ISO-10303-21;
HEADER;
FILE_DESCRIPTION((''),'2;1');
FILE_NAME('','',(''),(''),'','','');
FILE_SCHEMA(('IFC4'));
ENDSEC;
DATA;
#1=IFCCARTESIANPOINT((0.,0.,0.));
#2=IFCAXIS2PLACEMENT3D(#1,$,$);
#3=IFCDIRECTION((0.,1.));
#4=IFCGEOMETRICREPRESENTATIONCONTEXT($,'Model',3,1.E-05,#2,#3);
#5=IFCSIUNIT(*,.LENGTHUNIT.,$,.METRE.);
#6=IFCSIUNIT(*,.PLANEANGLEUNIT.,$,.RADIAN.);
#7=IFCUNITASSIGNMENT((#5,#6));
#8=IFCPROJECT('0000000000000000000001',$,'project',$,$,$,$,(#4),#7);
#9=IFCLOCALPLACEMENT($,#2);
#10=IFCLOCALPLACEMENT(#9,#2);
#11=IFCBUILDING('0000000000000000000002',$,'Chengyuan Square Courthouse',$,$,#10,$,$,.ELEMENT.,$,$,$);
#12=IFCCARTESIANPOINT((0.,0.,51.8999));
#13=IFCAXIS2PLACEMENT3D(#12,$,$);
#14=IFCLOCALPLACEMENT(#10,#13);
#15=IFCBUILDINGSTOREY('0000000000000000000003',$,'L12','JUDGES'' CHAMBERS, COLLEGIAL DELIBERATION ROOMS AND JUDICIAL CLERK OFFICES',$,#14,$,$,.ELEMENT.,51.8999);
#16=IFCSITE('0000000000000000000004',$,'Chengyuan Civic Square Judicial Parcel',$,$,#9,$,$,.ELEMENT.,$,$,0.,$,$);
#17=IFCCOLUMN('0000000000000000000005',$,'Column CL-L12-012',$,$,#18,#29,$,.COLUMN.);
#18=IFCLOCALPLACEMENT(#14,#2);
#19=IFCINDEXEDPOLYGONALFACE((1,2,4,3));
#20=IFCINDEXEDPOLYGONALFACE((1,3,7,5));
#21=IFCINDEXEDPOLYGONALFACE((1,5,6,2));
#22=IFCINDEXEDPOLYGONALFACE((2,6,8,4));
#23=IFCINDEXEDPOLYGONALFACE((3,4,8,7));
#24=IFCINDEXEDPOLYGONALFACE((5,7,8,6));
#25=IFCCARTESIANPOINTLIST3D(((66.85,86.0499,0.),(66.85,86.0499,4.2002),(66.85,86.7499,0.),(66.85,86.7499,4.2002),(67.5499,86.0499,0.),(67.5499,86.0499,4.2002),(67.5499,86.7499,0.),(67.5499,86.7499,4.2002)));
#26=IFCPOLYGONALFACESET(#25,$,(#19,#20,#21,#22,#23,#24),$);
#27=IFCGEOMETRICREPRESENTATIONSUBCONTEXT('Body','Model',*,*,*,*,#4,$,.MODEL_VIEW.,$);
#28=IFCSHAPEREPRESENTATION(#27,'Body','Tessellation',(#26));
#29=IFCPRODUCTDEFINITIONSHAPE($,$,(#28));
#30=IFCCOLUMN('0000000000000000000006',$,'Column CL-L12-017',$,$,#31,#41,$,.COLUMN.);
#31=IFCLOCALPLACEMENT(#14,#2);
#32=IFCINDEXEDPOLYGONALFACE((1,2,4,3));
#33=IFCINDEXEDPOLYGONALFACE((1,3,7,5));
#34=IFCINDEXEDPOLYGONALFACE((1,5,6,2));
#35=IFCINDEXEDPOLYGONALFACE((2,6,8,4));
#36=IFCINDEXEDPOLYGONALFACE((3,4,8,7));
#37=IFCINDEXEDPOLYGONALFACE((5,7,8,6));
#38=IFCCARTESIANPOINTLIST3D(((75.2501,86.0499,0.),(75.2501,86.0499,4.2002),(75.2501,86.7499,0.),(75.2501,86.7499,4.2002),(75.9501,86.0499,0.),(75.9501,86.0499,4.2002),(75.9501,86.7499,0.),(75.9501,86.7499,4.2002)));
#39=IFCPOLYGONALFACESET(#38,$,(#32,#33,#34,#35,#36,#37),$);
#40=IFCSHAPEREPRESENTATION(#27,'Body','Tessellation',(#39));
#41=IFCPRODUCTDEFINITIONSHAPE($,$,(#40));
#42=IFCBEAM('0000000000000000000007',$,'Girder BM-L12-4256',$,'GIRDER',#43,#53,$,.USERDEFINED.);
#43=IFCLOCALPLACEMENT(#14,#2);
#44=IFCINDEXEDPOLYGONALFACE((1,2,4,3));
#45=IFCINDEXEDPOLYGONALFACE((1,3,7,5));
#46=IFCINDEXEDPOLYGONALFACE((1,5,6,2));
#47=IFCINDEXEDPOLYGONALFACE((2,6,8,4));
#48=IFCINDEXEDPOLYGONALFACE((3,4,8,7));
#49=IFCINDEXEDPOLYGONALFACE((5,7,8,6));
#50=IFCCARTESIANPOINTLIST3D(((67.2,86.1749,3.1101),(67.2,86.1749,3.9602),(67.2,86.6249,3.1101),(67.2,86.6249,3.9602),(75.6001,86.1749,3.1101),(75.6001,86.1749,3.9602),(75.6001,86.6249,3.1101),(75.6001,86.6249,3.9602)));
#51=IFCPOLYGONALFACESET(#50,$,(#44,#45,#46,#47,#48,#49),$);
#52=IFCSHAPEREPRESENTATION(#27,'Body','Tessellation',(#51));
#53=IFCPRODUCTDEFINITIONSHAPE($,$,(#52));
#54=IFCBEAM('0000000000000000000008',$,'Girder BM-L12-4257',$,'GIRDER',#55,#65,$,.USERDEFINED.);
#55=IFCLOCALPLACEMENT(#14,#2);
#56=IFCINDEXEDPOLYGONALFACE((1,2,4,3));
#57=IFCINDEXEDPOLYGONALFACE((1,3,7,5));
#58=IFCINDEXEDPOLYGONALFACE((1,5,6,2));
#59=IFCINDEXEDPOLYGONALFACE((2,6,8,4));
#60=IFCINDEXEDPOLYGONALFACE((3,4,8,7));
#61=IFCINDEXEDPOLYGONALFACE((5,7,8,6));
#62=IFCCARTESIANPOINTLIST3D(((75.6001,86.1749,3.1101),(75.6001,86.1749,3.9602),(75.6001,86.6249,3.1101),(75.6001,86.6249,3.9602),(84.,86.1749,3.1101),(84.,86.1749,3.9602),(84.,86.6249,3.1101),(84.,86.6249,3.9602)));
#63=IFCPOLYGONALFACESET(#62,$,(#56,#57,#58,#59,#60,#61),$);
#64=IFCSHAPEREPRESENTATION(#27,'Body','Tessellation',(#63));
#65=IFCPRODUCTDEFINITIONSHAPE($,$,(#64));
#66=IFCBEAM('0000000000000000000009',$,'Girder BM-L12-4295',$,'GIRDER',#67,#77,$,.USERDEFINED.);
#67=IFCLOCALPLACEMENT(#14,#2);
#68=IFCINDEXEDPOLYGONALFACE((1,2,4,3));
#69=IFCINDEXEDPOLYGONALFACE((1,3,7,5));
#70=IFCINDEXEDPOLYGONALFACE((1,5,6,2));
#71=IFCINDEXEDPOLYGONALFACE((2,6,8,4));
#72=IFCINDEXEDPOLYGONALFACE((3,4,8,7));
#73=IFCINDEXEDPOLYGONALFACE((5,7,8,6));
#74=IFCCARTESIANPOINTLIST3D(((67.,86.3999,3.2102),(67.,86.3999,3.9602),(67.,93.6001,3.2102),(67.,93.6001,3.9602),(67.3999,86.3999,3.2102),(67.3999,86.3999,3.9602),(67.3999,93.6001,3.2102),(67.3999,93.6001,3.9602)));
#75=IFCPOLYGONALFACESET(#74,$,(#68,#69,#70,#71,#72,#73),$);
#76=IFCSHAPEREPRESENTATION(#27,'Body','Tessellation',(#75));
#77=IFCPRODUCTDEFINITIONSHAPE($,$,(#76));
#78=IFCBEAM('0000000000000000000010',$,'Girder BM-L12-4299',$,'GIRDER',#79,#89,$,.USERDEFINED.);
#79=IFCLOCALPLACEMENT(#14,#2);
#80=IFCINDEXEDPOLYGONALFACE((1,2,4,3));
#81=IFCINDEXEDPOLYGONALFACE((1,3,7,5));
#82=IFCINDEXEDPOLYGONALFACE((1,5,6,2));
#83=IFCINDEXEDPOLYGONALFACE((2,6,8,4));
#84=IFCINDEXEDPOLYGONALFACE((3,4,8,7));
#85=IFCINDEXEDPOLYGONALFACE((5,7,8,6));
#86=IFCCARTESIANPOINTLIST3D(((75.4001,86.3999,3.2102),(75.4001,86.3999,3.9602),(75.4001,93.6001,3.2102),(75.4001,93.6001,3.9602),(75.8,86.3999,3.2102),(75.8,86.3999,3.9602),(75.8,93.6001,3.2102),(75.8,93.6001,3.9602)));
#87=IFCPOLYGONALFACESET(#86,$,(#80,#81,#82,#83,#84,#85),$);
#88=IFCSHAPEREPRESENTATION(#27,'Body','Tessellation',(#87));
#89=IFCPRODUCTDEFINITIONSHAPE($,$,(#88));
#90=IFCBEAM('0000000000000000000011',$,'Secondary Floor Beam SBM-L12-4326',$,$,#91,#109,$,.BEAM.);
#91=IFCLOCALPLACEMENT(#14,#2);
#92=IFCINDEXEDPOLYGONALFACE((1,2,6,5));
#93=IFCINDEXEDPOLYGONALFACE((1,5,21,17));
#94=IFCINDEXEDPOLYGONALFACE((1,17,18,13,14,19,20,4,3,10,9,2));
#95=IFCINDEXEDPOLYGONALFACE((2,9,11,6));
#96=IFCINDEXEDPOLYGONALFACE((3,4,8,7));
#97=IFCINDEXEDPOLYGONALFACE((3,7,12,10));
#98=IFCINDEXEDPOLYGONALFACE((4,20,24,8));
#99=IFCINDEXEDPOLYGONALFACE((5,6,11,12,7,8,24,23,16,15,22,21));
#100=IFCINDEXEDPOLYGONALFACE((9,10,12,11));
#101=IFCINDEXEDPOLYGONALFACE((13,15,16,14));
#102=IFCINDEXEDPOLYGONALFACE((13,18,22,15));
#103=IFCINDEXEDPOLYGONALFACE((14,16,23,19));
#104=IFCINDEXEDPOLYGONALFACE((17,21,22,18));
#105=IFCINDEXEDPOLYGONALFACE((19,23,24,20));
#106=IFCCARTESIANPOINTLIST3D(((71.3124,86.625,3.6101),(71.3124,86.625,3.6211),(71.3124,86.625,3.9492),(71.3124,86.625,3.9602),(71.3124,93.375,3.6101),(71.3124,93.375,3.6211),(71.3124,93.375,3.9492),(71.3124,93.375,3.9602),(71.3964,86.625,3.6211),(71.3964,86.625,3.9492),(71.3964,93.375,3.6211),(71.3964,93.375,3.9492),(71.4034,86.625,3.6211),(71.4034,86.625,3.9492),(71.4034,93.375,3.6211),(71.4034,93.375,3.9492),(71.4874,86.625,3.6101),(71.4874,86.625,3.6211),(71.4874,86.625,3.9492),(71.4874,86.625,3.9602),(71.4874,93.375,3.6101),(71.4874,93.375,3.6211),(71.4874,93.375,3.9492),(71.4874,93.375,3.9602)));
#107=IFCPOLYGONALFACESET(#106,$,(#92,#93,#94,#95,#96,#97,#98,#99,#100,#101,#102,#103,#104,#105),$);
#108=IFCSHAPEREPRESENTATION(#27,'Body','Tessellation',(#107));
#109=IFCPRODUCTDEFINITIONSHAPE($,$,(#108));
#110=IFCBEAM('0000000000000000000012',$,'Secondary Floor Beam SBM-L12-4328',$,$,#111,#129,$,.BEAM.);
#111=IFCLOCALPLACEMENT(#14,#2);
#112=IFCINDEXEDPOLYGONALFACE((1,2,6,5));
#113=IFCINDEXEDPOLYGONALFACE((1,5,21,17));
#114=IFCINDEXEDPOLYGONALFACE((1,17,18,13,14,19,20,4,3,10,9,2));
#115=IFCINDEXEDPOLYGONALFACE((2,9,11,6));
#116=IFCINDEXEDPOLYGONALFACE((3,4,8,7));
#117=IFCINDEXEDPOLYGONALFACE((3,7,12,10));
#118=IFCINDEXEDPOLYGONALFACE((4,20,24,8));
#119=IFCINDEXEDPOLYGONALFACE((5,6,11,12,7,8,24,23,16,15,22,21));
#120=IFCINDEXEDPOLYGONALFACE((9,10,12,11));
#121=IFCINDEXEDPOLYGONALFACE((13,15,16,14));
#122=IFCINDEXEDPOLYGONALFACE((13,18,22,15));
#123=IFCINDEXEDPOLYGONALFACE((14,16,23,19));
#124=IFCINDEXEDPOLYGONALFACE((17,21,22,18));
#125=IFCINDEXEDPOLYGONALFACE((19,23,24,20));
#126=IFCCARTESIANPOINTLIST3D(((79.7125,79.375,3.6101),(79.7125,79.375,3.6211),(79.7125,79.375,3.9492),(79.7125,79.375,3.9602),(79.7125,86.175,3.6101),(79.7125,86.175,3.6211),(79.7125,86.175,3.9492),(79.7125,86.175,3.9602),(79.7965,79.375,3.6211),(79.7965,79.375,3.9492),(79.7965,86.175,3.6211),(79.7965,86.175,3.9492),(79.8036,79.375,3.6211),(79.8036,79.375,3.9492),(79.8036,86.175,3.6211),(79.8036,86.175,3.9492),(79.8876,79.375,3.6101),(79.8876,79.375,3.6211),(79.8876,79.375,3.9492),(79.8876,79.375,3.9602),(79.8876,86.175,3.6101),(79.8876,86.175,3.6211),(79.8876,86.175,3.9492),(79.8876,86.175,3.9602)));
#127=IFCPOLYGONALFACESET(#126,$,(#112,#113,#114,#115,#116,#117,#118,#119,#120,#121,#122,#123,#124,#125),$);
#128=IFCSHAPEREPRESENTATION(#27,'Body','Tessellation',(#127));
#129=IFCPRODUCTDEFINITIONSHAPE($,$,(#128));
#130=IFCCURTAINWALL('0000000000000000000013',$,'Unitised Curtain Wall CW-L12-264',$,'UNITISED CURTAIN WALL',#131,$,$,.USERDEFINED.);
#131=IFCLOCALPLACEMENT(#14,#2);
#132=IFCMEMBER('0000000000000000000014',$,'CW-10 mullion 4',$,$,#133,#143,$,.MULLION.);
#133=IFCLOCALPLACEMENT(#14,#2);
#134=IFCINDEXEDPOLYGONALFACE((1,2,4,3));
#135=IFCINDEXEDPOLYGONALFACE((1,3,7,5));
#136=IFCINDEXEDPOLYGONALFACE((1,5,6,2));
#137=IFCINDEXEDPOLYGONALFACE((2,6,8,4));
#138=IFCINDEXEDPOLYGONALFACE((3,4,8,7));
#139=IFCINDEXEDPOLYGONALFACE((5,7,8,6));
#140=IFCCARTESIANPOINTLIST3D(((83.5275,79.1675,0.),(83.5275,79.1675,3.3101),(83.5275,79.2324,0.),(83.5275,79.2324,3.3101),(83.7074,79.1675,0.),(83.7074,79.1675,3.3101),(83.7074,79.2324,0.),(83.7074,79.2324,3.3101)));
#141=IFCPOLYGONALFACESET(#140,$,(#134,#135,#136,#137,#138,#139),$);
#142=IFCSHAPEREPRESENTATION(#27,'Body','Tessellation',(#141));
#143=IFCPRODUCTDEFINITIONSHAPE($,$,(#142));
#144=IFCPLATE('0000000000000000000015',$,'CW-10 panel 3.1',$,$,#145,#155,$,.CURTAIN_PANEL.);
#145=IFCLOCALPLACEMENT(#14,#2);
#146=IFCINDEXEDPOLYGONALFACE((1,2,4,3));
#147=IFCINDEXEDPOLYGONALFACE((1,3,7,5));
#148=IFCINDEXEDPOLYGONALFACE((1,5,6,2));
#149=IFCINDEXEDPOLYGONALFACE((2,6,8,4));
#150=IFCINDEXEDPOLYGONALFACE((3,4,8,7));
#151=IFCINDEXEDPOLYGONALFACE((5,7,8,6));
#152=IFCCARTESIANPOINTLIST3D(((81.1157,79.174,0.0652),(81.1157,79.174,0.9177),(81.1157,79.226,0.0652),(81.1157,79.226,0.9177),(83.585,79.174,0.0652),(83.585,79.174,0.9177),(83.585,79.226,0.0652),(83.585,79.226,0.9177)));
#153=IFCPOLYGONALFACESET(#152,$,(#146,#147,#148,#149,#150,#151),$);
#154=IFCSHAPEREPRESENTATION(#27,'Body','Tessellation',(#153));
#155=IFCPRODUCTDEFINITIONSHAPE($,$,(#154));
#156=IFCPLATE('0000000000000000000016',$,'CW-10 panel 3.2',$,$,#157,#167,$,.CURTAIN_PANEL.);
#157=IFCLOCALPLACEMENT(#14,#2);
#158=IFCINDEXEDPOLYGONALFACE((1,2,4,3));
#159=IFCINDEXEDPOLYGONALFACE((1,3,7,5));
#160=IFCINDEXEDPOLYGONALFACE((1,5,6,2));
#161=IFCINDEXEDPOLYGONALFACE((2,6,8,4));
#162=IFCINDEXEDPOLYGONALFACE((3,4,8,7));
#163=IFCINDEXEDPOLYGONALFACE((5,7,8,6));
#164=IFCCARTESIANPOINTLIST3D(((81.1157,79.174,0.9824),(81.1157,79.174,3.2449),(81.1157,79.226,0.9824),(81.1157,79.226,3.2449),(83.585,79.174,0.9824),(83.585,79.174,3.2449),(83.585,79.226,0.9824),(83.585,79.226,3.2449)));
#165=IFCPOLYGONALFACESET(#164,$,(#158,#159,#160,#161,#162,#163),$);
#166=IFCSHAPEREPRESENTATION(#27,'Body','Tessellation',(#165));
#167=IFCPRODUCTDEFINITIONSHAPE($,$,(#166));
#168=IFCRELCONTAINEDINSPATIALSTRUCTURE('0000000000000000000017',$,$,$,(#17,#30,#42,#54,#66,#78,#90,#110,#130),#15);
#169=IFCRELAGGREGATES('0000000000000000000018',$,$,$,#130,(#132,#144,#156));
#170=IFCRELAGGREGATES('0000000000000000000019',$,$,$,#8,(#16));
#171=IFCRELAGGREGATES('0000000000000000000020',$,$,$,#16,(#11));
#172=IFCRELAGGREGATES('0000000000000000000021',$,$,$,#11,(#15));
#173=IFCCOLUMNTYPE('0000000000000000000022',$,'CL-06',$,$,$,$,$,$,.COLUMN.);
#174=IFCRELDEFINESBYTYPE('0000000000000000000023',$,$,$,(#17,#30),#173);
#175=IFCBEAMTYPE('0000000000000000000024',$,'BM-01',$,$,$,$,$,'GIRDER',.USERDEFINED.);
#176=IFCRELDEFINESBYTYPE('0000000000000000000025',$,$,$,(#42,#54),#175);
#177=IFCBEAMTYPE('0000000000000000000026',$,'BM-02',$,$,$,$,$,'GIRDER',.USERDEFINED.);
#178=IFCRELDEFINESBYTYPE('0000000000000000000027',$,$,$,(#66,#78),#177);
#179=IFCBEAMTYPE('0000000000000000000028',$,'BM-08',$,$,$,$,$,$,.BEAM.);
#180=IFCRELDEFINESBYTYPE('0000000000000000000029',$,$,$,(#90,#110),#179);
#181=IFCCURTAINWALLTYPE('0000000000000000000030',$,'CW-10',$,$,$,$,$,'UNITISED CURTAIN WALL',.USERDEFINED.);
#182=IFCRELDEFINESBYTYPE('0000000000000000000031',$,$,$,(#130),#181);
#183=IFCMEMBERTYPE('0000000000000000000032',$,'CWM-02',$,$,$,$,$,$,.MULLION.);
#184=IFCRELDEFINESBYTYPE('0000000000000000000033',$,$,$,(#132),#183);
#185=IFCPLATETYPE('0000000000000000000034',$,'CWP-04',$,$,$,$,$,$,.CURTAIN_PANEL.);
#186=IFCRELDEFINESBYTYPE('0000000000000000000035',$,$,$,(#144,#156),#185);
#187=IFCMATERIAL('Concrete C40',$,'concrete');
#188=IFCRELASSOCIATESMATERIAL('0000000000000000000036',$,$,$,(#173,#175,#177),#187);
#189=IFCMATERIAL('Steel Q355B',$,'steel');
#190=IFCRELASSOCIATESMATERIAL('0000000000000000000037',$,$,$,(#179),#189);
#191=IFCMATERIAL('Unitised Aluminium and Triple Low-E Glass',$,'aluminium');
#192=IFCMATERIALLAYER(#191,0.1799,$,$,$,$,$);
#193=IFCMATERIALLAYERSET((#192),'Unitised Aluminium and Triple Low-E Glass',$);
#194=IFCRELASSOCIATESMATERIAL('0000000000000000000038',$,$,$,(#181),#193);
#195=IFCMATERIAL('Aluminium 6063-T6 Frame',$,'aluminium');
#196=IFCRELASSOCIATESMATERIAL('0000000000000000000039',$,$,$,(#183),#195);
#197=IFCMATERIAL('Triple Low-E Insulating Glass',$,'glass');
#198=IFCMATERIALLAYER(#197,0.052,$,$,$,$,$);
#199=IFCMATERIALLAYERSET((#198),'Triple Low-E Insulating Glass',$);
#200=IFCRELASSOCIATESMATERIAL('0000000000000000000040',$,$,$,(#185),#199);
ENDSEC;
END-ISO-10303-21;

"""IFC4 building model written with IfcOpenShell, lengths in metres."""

from ifc_helpers import new_model, si_unit, direction, frame, origin, origin_2d, place, context, subcontext, project, spatial, rectangle, i_section, extrude, material, layer, layer_set, material_profile, profile_set, type_object, element, aggregate, save


model = new_model("IFC4")

# Units and contexts
model_context = context("Model", 3, precision=1e-05, world=origin(), true_north=direction((0.0, 1.0)))
body_context = subcontext(model_context, "Body", "Model", "MODEL_VIEW")
ifc_project = project(units=[si_unit("LENGTHUNIT", "METRE"), si_unit("PLANEANGLEUNIT", "RADIAN")], contexts=[model_context])

# Site, building, storey
site_placement = place(None, origin())
site = spatial("IfcSite", under=ifc_project, at=site_placement, Name="Chengyuan Civic Square Judicial Parcel", CompositionType="ELEMENT", RefElevation=0.0)
building_placement = place(site_placement, origin())
building = spatial("IfcBuilding", under=site, at=building_placement, Name="Chengyuan Square Courthouse", CompositionType="ELEMENT")
storey_placement = place(building_placement, frame((0.0, 0.0, 51.8999)))
storey = spatial("IfcBuildingStorey", under=building, at=storey_placement, Name="L12", Description="JUDGES' CHAMBERS, COLLEGIAL DELIBERATION ROOMS AND JUDICIAL CLERK OFFICES", CompositionType="ELEMENT", Elevation=51.8999)

# Columns
ifc_material_1 = material(Name="Concrete C40", Category="concrete")
ifc_material_profile_1 = material_profile(ifc_material_1, rectangle(XDim=0.7, YDim=0.7, at=origin_2d()), Name="RC-COL-700x700")
ifc_profile_set_1 = profile_set([ifc_material_profile_1], Name="Concrete C40")
column_type = type_object("IfcColumnType", Name="CL-06", PredefinedType="COLUMN", material=ifc_profile_set_1)
for number, where, z_axis, x_axis, name in (
    (1, (67.2, 86.3999, 0.0), (0.0, 0.0, 1.0), (1.0, 0.0, 0.0), "Column CL-L12-012"),
    (2, (75.6001, 86.3999, 0.0), (0.0, 0.0, 1.0), (1.0, 0.0, 0.0), "Column CL-L12-017"),
):
    element("IfcColumn", number, at=place(storey_placement, frame(where, z_axis=z_axis, x_axis=x_axis)), inside=storey, type_object=column_type, Name=name, PredefinedType="COLUMN", context=body_context, shape_type="SweptSolid", body=[
        extrude(rectangle(XDim=0.7, YDim=0.7, at=origin_2d()), origin(), (0.0, 0.0, 1.0), 4.2002),
    ])

# Beams
ifc_material_profile_2 = material_profile(ifc_material_1, rectangle(XDim=0.45, YDim=0.8501, at=origin_2d()), Name="RC-BM-450x850")
ifc_profile_set_2 = profile_set([ifc_material_profile_2], Name="Concrete C40")
beam_type_1 = type_object("IfcBeamType", Name="BM-01", ElementType="GIRDER", PredefinedType="USERDEFINED", material=ifc_profile_set_2)
beam_1_placement = place(storey_placement, frame((67.2, 86.3999, 3.5352), z_axis=(1.0, 0.0, 0.0), x_axis=(0.0, 1.0, 0.0)))
element("IfcBeam", 3, at=beam_1_placement, inside=storey, type_object=beam_type_1, Name="Girder BM-L12-4256", ObjectType="GIRDER", PredefinedType="USERDEFINED", context=body_context, shape_type="SweptSolid", body=[
    extrude(rectangle(XDim=0.45, YDim=0.8501, at=origin_2d()), origin(), (0.0, 0.0, 1.0), 8.4001),
])
beam_2_placement = place(storey_placement, frame((75.6001, 86.3999, 3.5352), z_axis=(1.0, 0.0, 0.0), x_axis=(0.0, 1.0, 0.0)))
element("IfcBeam", 4, at=beam_2_placement, inside=storey, type_object=beam_type_1, Name="Girder BM-L12-4257", ObjectType="GIRDER", PredefinedType="USERDEFINED", context=body_context, shape_type="SweptSolid", body=[
    extrude(rectangle(XDim=0.45, YDim=0.8501, at=origin_2d()), origin(), (0.0, 0.0, 1.0), 8.3999),
])
ifc_material_profile_3 = material_profile(ifc_material_1, rectangle(XDim=0.3999, YDim=0.75, at=origin_2d()), Name="RC-BM-400x750")
ifc_profile_set_3 = profile_set([ifc_material_profile_3], Name="Concrete C40")
beam_type_2 = type_object("IfcBeamType", Name="BM-02", ElementType="GIRDER", PredefinedType="USERDEFINED", material=ifc_profile_set_3)
for number, where, z_axis, x_axis, name in (
    (5, (67.2, 86.3999, 3.5852), (0.0, 1.0, 0.0), (-1.0, 0.0, 0.0), "Girder BM-L12-4295"),
    (6, (75.6001, 86.3999, 3.5852), (0.0, 1.0, 0.0), (-1.0, 0.0, 0.0), "Girder BM-L12-4299"),
):
    element("IfcBeam", number, at=place(storey_placement, frame(where, z_axis=z_axis, x_axis=x_axis)), inside=storey, type_object=beam_type_2, Name=name, ObjectType="GIRDER", PredefinedType="USERDEFINED", context=body_context, shape_type="SweptSolid", body=[
        extrude(rectangle(XDim=0.3999, YDim=0.75, at=origin_2d()), origin(), (0.0, 0.0, 1.0), 7.2002),
    ])
ifc_material_2 = material(Name="Steel Q355B", Category="steel")
ifc_material_profile_4 = material_profile(ifc_material_2, i_section(OverallWidth=0.175, OverallDepth=0.3501, WebThickness=0.0071, FlangeThickness=0.011, at=origin_2d()), Name="HN 350x175x7x11")
ifc_profile_set_4 = profile_set([ifc_material_profile_4], Name="Steel Q355B")
beam_type_3 = type_object("IfcBeamType", Name="BM-08", PredefinedType="BEAM", material=ifc_profile_set_4)
beam_3_placement = place(storey_placement, frame((71.3999, 86.625, 3.7852), z_axis=(0.0, 1.0, 0.0), x_axis=(-1.0, 0.0, 0.0)))
element("IfcBeam", 7, at=beam_3_placement, inside=storey, type_object=beam_type_3, Name="Secondary Floor Beam SBM-L12-4326", PredefinedType="BEAM", context=body_context, shape_type="SweptSolid", body=[
    extrude(i_section(OverallWidth=0.175, OverallDepth=0.3501, WebThickness=0.0071, FlangeThickness=0.011, at=origin_2d()), origin(), (0.0, 0.0, 1.0), 6.75),
])
beam_4_placement = place(storey_placement, frame((79.8, 79.375, 3.7852), z_axis=(0.0, 1.0, 0.0), x_axis=(-1.0, 0.0, 0.0)))
element("IfcBeam", 8, at=beam_4_placement, inside=storey, type_object=beam_type_3, Name="Secondary Floor Beam SBM-L12-4328", PredefinedType="BEAM", context=body_context, shape_type="SweptSolid", body=[
    extrude(i_section(OverallWidth=0.175, OverallDepth=0.3501, WebThickness=0.0071, FlangeThickness=0.011, at=origin_2d()), origin(), (0.0, 0.0, 1.0), 6.8),
])

# Curtain wall, member, plates
ifc_material_3 = material(Name="Unitised Aluminium and Triple Low-E Glass", Category="aluminium")
ifc_layer_1 = layer(ifc_material_3, 0.1799)
ifc_layer_set_1 = layer_set([ifc_layer_1], Name="Unitised Aluminium and Triple Low-E Glass")
curtain_wall_type = type_object("IfcCurtainWallType", Name="CW-10", ElementType="UNITISED CURTAIN WALL", PredefinedType="USERDEFINED", material=ifc_layer_set_1)
curtain_wall_placement = place(storey_placement, origin())
curtain_wall = element("IfcCurtainWall", 9, at=curtain_wall_placement, inside=storey, type_object=curtain_wall_type, Name="Unitised Curtain Wall CW-L12-264", ObjectType="UNITISED CURTAIN WALL", PredefinedType="USERDEFINED")
ifc_material_4 = material(Name="Aluminium 6063-T6 Frame", Category="aluminium")
ifc_material_profile_5 = material_profile(ifc_material_4, rectangle(XDim=0.0649, YDim=0.1799, at=origin_2d()), Name="CW-MUL-65x180")
ifc_profile_set_5 = profile_set([ifc_material_profile_5], Name="Aluminium 6063-T6 Frame")
member_type = type_object("IfcMemberType", Name="CWM-02", PredefinedType="MULLION", material=ifc_profile_set_5)
member_placement = place(storey_placement, frame((83.6174, 79.2, 0.0), z_axis=(0.0, 0.0, 1.0), x_axis=(0.0, 1.0, 0.0)))
member = element("IfcMember", 10, at=member_placement, type_object=member_type, Name="CW-10 mullion 4", PredefinedType="MULLION", context=body_context, shape_type="SweptSolid", body=[
    extrude(rectangle(XDim=0.0649, YDim=0.1799, at=origin_2d()), origin(), (0.0, 0.0, 1.0), 3.3101),
])
ifc_material_5 = material(Name="Triple Low-E Insulating Glass", Category="glass")
ifc_layer_2 = layer(ifc_material_5, 0.052)
ifc_layer_set_2 = layer_set([ifc_layer_2], Name="Triple Low-E Insulating Glass")
plate_type = type_object("IfcPlateType", Name="CWP-04", PredefinedType="CURTAIN_PANEL", material=ifc_layer_set_2)
plate_1_placement = place(storey_placement, frame((82.3503, 79.2, 0.0652), z_axis=(0.0, 0.0, 1.0), x_axis=(1.0, 0.0, 0.0)))
plate_1 = element("IfcPlate", 11, at=plate_1_placement, type_object=plate_type, Name="CW-10 panel 3.1", PredefinedType="CURTAIN_PANEL", context=body_context, shape_type="SweptSolid", body=[
    extrude(rectangle(XDim=2.4692, YDim=0.052, at=origin_2d()), origin(), (0.0, 0.0, 1.0), 0.8525),
])
plate_2_placement = place(storey_placement, frame((82.3503, 79.2, 0.9824), z_axis=(0.0, 0.0, 1.0), x_axis=(1.0, 0.0, 0.0)))
plate_2 = element("IfcPlate", 12, at=plate_2_placement, type_object=plate_type, Name="CW-10 panel 3.2", PredefinedType="CURTAIN_PANEL", context=body_context, shape_type="SweptSolid", body=[
    extrude(rectangle(XDim=2.4692, YDim=0.052, at=origin_2d()), origin(), (0.0, 0.0, 1.0), 2.2625),
])
aggregate(curtain_wall, [member, plate_1, plate_2])

save(model, "model.ifc")
